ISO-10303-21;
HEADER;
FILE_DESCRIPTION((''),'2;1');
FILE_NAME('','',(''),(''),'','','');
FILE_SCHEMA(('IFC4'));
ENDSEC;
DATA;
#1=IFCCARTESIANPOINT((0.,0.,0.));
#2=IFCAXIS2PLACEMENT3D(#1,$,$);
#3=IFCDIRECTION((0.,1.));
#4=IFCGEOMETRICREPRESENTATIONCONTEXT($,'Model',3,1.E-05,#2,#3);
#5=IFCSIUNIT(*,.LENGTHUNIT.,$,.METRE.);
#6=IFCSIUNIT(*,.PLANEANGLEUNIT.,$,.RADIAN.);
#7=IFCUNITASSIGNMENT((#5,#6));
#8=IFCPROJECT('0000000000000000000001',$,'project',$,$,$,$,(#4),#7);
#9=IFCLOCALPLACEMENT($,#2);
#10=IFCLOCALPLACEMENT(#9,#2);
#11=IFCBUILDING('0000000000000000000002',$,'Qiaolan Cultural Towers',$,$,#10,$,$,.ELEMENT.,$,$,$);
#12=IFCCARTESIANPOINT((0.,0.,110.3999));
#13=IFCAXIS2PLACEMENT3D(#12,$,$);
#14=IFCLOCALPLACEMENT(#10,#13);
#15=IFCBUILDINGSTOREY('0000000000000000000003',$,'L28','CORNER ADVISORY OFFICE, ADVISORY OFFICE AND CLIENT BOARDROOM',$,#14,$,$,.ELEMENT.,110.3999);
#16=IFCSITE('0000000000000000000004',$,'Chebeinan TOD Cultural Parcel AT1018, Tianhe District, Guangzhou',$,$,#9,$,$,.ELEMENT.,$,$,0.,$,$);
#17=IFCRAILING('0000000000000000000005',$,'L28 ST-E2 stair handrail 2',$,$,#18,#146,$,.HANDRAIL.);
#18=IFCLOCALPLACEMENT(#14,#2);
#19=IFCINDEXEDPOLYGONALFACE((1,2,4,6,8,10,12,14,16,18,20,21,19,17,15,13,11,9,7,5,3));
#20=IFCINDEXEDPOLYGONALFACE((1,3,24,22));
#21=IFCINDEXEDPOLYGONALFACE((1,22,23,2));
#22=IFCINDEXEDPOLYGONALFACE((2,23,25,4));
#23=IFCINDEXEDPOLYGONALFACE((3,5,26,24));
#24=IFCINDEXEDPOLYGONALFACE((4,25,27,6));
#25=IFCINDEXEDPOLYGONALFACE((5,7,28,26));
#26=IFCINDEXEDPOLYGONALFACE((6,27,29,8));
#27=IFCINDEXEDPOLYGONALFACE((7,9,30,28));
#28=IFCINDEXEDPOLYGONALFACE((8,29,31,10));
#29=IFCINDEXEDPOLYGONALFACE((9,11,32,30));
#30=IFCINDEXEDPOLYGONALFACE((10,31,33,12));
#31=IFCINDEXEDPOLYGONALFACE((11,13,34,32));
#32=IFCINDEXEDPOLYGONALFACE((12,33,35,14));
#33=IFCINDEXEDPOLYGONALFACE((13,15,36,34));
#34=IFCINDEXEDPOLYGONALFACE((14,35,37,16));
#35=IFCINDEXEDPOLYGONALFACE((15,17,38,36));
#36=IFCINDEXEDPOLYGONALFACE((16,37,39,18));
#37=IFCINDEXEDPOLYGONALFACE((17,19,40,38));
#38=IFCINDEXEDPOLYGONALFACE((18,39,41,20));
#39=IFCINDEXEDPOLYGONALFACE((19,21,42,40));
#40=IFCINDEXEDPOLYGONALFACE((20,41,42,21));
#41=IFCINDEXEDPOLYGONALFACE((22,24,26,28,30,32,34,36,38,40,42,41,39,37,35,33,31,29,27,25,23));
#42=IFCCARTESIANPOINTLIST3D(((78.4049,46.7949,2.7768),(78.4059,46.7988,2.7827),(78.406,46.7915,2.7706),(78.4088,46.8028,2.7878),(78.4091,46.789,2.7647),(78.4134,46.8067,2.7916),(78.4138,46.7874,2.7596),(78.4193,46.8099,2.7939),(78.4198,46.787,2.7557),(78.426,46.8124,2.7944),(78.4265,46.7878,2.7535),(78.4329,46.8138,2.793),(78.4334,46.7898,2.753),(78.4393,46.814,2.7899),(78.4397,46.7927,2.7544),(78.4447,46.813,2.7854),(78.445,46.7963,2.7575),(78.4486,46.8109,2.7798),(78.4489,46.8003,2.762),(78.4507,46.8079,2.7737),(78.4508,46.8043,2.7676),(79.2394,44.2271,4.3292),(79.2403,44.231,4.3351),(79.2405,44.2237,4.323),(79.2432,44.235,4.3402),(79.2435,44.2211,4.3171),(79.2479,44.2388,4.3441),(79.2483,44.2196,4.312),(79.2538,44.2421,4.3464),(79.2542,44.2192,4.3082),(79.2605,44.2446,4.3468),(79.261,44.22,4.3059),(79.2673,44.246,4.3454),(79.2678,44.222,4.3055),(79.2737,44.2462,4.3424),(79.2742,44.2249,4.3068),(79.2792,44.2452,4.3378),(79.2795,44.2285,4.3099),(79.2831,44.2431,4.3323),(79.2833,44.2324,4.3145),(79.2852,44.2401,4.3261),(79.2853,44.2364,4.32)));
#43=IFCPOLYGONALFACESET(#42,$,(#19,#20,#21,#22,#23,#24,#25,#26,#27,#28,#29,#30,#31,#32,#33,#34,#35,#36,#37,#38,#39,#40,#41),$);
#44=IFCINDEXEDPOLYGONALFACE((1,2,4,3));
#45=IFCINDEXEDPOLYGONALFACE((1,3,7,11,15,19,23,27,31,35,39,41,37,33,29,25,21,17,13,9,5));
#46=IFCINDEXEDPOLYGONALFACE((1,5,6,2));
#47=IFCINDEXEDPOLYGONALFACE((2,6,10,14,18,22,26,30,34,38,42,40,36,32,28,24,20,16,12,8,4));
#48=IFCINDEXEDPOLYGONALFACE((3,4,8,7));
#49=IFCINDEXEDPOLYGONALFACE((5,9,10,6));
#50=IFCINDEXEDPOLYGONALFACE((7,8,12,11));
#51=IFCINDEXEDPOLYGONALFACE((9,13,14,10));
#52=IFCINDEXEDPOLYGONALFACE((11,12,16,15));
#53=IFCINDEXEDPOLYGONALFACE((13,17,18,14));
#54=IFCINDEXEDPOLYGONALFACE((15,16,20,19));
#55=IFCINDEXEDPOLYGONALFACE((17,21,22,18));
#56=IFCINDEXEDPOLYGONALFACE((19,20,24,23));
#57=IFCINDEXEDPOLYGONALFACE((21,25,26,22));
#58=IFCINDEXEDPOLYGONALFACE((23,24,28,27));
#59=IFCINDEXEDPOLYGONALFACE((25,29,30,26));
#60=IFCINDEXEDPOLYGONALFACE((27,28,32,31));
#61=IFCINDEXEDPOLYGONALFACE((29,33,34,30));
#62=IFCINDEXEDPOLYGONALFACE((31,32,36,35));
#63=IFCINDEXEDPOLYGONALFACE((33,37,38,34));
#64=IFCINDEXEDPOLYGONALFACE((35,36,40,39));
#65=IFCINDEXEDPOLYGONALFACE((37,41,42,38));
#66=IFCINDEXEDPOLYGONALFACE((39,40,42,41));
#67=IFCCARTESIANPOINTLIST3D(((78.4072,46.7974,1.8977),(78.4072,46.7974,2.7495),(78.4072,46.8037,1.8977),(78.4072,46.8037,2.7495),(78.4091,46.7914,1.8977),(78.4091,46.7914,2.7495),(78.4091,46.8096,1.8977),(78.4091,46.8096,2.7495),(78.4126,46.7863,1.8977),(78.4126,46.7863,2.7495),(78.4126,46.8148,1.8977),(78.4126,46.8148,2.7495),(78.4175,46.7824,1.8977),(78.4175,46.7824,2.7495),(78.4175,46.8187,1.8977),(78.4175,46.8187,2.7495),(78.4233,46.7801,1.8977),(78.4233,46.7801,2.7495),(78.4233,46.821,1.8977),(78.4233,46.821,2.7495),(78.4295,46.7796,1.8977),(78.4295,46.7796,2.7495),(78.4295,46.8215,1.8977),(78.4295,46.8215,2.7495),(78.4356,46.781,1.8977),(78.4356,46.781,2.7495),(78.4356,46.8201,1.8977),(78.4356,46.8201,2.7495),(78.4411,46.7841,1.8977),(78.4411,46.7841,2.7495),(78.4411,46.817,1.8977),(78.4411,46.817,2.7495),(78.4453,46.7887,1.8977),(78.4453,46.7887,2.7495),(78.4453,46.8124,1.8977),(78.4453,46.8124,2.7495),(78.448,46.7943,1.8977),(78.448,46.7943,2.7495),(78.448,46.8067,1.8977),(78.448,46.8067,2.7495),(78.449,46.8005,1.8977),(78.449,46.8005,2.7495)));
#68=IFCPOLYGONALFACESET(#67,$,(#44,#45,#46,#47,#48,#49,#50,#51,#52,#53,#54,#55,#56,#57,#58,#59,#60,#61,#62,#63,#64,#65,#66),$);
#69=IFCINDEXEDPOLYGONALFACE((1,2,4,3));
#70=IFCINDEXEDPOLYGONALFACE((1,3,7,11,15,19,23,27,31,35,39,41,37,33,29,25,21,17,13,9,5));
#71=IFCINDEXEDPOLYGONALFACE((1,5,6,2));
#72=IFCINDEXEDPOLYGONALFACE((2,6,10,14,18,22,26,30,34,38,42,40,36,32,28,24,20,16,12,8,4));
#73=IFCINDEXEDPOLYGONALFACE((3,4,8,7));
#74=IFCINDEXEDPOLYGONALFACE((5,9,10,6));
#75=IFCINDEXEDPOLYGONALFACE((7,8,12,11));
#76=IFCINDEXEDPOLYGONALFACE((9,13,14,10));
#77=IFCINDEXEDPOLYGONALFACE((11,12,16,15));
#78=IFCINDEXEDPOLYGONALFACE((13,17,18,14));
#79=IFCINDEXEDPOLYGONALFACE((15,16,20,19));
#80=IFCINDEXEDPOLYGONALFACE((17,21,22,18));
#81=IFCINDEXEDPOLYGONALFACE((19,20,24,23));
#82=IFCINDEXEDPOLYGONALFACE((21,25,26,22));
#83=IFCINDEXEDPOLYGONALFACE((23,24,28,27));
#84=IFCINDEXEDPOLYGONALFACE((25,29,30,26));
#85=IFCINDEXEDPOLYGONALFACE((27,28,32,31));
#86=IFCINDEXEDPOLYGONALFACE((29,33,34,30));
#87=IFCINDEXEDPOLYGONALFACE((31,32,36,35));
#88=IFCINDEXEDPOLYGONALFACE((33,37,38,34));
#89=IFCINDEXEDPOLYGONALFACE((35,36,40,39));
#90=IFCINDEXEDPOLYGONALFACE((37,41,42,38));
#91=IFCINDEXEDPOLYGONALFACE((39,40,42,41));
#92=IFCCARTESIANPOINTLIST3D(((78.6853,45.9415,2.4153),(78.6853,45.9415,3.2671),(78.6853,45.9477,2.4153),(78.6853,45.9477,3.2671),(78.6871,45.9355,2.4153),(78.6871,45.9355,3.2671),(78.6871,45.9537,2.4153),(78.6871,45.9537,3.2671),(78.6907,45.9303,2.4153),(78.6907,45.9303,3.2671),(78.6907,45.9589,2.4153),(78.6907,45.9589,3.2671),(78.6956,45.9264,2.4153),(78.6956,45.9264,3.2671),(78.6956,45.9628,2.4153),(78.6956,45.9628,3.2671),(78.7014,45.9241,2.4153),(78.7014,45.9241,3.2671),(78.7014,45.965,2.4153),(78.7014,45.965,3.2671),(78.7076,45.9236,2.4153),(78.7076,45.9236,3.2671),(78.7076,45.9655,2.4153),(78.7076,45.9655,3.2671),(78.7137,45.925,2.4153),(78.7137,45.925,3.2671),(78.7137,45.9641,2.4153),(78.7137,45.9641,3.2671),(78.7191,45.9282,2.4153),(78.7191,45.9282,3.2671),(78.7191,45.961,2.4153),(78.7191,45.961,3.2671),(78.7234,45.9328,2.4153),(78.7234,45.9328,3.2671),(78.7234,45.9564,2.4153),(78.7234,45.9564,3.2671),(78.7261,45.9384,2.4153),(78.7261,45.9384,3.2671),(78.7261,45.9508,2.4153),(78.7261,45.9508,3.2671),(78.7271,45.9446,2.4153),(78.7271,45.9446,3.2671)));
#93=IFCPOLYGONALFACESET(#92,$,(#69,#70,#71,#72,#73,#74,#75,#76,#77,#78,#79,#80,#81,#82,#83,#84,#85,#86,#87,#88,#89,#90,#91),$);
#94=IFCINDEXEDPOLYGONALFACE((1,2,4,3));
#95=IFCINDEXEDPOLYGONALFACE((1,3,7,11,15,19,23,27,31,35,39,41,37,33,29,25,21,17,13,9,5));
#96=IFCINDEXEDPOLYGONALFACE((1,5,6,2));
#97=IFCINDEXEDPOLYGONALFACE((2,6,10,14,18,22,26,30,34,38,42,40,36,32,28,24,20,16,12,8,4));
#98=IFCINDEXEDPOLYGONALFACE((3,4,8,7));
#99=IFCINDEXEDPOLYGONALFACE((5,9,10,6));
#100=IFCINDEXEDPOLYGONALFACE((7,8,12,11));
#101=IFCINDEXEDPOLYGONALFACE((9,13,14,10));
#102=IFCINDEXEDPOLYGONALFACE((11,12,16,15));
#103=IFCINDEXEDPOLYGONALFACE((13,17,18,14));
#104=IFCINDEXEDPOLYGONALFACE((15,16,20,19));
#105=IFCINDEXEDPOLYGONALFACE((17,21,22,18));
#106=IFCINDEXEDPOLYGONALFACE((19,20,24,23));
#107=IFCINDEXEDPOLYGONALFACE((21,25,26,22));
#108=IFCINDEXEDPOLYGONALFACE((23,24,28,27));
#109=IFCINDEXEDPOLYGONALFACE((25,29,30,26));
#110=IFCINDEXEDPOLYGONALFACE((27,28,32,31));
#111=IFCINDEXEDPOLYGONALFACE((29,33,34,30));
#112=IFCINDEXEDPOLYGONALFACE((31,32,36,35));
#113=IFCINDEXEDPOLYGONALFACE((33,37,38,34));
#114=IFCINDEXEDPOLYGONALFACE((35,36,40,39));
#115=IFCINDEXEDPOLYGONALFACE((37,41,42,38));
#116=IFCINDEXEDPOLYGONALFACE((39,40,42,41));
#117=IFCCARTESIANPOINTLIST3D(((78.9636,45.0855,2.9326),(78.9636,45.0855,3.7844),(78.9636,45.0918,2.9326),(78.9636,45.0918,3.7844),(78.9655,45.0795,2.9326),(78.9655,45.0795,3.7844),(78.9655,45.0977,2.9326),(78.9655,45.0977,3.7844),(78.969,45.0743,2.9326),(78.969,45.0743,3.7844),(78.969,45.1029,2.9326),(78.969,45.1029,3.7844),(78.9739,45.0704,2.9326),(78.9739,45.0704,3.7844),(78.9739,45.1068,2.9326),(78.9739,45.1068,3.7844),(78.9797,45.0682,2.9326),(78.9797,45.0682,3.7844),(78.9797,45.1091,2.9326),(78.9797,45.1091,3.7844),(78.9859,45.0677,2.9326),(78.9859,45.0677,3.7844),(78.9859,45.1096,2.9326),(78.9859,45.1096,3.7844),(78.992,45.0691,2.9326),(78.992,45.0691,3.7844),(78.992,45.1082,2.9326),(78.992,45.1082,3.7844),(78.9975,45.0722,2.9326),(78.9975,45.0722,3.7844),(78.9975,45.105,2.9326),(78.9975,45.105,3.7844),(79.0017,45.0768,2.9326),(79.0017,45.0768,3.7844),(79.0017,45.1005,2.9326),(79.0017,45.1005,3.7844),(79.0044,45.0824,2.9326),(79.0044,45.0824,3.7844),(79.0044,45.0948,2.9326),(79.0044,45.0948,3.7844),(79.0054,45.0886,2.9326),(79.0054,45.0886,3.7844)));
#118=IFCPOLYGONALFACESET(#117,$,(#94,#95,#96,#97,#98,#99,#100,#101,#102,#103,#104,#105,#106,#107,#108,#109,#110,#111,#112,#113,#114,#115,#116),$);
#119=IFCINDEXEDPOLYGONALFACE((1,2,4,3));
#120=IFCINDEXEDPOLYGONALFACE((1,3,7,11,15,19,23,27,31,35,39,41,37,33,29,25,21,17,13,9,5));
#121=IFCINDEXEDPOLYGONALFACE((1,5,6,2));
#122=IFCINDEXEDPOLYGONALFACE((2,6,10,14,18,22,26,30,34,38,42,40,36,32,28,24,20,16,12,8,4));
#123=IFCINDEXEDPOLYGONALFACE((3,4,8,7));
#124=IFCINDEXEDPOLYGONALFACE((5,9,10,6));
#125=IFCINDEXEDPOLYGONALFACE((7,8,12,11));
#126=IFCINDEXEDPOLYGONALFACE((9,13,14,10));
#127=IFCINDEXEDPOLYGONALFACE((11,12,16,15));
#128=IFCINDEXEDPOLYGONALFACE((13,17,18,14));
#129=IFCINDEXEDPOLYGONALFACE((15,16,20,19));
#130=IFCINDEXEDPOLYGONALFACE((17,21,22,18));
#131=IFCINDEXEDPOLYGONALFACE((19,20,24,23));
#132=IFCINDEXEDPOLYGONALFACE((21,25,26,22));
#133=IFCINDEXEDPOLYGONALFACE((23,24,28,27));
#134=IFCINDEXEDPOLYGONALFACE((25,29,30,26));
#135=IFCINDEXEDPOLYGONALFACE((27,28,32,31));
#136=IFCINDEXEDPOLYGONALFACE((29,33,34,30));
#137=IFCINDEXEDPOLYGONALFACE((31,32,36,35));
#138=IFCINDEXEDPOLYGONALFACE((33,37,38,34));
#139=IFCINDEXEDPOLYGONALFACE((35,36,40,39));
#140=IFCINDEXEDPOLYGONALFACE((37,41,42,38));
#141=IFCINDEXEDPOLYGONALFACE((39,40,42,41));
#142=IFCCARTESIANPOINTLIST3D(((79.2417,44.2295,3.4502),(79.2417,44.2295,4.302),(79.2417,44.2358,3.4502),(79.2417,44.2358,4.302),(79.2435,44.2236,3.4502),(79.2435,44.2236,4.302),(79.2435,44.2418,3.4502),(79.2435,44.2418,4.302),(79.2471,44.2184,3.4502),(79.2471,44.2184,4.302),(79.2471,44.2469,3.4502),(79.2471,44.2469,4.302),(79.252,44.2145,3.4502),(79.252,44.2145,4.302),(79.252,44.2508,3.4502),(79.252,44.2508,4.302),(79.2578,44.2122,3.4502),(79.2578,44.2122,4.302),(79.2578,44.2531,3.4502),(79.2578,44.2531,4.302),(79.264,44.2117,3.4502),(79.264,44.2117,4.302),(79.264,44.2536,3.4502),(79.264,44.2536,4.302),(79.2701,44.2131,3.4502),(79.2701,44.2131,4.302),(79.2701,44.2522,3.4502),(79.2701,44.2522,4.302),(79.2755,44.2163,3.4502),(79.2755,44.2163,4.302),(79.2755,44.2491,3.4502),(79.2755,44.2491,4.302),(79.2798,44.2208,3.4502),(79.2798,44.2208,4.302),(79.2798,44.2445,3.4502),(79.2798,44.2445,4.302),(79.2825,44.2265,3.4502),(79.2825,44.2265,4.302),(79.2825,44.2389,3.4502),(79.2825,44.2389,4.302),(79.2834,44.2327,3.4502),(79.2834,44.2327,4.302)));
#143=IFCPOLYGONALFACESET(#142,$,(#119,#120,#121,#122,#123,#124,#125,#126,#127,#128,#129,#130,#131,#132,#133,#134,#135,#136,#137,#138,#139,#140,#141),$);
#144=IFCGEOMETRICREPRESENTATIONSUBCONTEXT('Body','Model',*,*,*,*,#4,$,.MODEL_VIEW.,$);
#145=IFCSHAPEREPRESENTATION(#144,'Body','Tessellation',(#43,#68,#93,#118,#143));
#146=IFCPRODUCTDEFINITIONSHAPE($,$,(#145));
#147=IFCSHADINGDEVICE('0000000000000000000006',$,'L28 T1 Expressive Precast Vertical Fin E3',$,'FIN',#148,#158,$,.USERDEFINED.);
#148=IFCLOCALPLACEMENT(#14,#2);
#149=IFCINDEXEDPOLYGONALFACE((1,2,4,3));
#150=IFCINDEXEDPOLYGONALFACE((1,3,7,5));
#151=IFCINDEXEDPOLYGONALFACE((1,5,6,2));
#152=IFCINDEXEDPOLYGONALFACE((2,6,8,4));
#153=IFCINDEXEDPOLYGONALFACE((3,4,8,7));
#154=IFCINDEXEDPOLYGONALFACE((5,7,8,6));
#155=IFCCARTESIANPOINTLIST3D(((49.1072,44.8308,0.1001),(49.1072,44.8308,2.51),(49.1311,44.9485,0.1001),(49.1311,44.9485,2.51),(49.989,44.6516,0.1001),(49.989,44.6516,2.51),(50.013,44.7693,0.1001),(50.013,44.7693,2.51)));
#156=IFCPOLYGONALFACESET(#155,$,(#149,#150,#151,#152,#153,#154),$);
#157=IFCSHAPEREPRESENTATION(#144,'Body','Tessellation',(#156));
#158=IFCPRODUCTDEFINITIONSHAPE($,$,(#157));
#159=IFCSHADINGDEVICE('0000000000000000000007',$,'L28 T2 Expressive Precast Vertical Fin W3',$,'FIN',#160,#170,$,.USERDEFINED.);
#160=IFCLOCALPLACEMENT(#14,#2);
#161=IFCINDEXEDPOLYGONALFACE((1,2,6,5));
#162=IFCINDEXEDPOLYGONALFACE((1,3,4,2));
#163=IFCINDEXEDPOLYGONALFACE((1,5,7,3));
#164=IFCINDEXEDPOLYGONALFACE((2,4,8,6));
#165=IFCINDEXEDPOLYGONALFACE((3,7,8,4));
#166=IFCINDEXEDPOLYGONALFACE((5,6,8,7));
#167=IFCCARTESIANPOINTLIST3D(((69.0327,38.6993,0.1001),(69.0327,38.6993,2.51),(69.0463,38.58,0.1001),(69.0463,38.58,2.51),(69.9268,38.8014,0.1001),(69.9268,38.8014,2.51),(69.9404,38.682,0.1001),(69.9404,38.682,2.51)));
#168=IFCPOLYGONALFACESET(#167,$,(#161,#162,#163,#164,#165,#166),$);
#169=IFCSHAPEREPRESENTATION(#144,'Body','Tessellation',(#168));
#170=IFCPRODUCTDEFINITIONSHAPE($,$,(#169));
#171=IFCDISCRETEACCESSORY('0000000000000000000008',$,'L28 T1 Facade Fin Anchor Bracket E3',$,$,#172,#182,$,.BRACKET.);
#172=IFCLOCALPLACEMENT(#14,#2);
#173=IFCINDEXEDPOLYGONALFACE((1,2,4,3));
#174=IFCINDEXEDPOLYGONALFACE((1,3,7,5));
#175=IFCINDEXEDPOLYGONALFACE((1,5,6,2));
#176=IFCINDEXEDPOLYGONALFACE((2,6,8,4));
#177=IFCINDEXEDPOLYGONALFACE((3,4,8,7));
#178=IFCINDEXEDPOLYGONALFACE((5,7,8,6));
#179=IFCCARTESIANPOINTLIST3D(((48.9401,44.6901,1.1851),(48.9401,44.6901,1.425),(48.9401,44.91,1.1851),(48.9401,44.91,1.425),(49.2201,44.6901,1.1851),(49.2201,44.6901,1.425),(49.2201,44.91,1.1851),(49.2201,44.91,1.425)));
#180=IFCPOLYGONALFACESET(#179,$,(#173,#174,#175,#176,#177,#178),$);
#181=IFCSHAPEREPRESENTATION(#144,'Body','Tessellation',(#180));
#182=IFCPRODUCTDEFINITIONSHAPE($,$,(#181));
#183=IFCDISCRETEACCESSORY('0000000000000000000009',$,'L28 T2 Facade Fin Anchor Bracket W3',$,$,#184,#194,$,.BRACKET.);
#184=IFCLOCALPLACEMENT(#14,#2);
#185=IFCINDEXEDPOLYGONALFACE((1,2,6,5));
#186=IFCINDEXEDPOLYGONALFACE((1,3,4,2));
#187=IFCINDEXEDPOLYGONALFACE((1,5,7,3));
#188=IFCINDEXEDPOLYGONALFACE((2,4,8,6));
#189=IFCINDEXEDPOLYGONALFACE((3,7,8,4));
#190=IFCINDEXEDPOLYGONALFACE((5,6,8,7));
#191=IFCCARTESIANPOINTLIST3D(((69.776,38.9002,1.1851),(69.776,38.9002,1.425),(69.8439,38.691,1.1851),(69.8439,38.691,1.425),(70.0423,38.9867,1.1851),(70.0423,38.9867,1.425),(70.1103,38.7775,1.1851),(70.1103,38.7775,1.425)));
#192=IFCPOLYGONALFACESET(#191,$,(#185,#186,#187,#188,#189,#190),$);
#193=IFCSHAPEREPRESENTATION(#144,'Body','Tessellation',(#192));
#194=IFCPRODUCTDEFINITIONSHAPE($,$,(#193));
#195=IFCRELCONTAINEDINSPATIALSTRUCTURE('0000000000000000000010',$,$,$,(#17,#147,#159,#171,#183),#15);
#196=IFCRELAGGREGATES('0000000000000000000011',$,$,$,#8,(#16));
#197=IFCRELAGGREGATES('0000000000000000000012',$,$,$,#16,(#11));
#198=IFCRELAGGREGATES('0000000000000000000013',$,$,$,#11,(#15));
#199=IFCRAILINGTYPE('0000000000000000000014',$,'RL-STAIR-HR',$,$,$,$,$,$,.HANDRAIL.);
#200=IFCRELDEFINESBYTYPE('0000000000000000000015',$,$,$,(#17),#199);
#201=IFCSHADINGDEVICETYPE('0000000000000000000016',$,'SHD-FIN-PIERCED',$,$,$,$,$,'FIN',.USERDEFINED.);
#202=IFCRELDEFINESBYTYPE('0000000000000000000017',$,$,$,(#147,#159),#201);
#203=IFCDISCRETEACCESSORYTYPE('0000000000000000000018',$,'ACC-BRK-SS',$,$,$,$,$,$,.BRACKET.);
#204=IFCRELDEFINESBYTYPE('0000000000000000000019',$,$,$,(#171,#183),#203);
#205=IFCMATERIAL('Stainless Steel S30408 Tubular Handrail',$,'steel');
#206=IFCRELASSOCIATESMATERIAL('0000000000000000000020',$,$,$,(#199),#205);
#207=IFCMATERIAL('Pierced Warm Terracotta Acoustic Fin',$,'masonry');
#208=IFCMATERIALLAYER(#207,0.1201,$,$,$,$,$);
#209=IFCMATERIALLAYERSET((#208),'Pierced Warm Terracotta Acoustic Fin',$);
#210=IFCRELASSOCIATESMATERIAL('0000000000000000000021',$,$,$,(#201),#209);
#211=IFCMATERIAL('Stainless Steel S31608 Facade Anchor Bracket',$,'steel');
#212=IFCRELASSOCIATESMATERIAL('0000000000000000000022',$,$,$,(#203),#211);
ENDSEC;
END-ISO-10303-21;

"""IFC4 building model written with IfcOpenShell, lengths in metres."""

from ifc_helpers import new_model, si_unit, direction, frame, origin, origin_2d, place, context, subcontext, project, spatial, rectangle, circle, extrude, material, layer, layer_set, type_object, element, save


model = new_model("IFC4")

# Units and contexts
model_context = context("Model", 3, precision=1e-05, world=origin(), true_north=direction((0.0, 1.0)))
body_context = subcontext(model_context, "Body", "Model", "MODEL_VIEW")
ifc_project = project(units=[si_unit("LENGTHUNIT", "METRE"), si_unit("PLANEANGLEUNIT", "RADIAN")], contexts=[model_context])

# Site, building, storey
site_placement = place(None, origin())
site = spatial("IfcSite", under=ifc_project, at=site_placement, Name="Chebeinan TOD Cultural Parcel AT1018, Tianhe District, Guangzhou", CompositionType="ELEMENT", RefElevation=0.0)
building_placement = place(site_placement, origin())
building = spatial("IfcBuilding", under=site, at=building_placement, Name="Qiaolan Cultural Towers", CompositionType="ELEMENT")
storey_placement = place(building_placement, frame((0.0, 0.0, 110.3999)))
storey = spatial("IfcBuildingStorey", under=building, at=storey_placement, Name="L28", Description="CORNER ADVISORY OFFICE, ADVISORY OFFICE AND CLIENT BOARDROOM", CompositionType="ELEMENT", Elevation=110.3999)

# Railing
ifc_material_1 = material(Name="Stainless Steel S30408 Tubular Handrail", Category="steel")
railing_type_1 = type_object("IfcRailingType", Name="RL-STAIR-HR", PredefinedType="HANDRAIL", material=ifc_material_1)
railing_1_placement = place(storey_placement, frame((78.428, 46.8005, 1.8977)))
element("IfcRailing", 1, at=railing_1_placement, inside=storey, type_object=railing_type_1, Name="L28 ST-E2 stair handrail 2", PredefinedType="HANDRAIL", context=body_context, shape_type="SweptSolid", body=[
    extrude(circle(Radius=0.0239, at=origin_2d()), frame((0.0, 0.0, 0.876), z_axis=(0.267926, -0.824471, 0.498461), x_axis=(0.951043, 0.309057, 0.0)), (0.0, 0.0, 1.0), 3.1145),
    extrude(circle(Radius=0.021, at=origin_2d()), origin(), (0.0, 0.0, 1.0), 0.8518),
    extrude(circle(Radius=0.021, at=origin_2d()), frame((0.2781, -0.856, 0.5176)), (0.0, 0.0, 1.0), 0.8518),
    extrude(circle(Radius=0.021, at=origin_2d()), frame((0.5564, -1.7119, 1.0349)), (0.0, 0.0, 1.0), 0.8518),
    extrude(circle(Radius=0.021, at=origin_2d()), frame((0.8345, -2.5679, 1.5525)), (0.0, 0.0, 1.0), 0.8518),
])

# Shading devices
ifc_material_2 = material(Name="Pierced Warm Terracotta Acoustic Fin", Category="masonry")
ifc_layer_1 = layer(ifc_material_2, 0.1201)
ifc_layer_set_1 = layer_set([ifc_layer_1], Name="Pierced Warm Terracotta Acoustic Fin")
shading_device_type = type_object("IfcShadingDeviceType", Name="SHD-FIN-PIERCED", ElementType="FIN", PredefinedType="USERDEFINED", material=ifc_layer_set_1)
for number, where, z_axis, x_axis, name in (
    (2, (49.5601, 44.8, 0.1001), (0.0, 0.0, 1.0), (0.979957, -0.199208, 0.0), "L28 T1 Expressive Precast Vertical Fin E3"),
    (3, (69.4866, 38.6907, 0.1001), (0.0, 0.0, 1.0), (0.993553, 0.113365, 0.0), "L28 T2 Expressive Precast Vertical Fin W3"),
):
    element("IfcShadingDevice", number, at=place(storey_placement, frame(where, z_axis=z_axis, x_axis=x_axis)), inside=storey, type_object=shading_device_type, Name=name, ObjectType="FIN", PredefinedType="USERDEFINED", context=body_context, shape_type="SweptSolid", body=[
        extrude(rectangle(XDim=0.8999, YDim=0.1201, at=origin_2d()), origin(), (0.0, 0.0, 1.0), 2.4099),
    ])

# Discrete accessories
ifc_material_3 = material(Name="Stainless Steel S31608 Facade Anchor Bracket", Category="steel")
discrete_accessory_type = type_object("IfcDiscreteAccessoryType", Name="ACC-BRK-SS", PredefinedType="BRACKET", material=ifc_material_3)
for number, where, z_axis, x_axis, name in (
    (4, (49.0801, 44.8, 1.1851), (0.0, 0.0, 1.0), (1.0, 0.0, 0.0), "L28 T1 Facade Fin Anchor Bracket E3"),
    (5, (69.9431, 38.8389, 1.1851), (0.0, 0.0, 1.0), (0.951057, 0.309017, 0.0), "L28 T2 Facade Fin Anchor Bracket W3"),
):
    element("IfcDiscreteAccessory", number, at=place(storey_placement, frame(where, z_axis=z_axis, x_axis=x_axis)), inside=storey, type_object=discrete_accessory_type, Name=name, PredefinedType="BRACKET", context=body_context, shape_type="SweptSolid", body=[
        extrude(rectangle(XDim=0.28, YDim=0.22, at=origin_2d()), origin(), (0.0, 0.0, 1.0), 0.24),
    ])

save(model, "model.ifc")
